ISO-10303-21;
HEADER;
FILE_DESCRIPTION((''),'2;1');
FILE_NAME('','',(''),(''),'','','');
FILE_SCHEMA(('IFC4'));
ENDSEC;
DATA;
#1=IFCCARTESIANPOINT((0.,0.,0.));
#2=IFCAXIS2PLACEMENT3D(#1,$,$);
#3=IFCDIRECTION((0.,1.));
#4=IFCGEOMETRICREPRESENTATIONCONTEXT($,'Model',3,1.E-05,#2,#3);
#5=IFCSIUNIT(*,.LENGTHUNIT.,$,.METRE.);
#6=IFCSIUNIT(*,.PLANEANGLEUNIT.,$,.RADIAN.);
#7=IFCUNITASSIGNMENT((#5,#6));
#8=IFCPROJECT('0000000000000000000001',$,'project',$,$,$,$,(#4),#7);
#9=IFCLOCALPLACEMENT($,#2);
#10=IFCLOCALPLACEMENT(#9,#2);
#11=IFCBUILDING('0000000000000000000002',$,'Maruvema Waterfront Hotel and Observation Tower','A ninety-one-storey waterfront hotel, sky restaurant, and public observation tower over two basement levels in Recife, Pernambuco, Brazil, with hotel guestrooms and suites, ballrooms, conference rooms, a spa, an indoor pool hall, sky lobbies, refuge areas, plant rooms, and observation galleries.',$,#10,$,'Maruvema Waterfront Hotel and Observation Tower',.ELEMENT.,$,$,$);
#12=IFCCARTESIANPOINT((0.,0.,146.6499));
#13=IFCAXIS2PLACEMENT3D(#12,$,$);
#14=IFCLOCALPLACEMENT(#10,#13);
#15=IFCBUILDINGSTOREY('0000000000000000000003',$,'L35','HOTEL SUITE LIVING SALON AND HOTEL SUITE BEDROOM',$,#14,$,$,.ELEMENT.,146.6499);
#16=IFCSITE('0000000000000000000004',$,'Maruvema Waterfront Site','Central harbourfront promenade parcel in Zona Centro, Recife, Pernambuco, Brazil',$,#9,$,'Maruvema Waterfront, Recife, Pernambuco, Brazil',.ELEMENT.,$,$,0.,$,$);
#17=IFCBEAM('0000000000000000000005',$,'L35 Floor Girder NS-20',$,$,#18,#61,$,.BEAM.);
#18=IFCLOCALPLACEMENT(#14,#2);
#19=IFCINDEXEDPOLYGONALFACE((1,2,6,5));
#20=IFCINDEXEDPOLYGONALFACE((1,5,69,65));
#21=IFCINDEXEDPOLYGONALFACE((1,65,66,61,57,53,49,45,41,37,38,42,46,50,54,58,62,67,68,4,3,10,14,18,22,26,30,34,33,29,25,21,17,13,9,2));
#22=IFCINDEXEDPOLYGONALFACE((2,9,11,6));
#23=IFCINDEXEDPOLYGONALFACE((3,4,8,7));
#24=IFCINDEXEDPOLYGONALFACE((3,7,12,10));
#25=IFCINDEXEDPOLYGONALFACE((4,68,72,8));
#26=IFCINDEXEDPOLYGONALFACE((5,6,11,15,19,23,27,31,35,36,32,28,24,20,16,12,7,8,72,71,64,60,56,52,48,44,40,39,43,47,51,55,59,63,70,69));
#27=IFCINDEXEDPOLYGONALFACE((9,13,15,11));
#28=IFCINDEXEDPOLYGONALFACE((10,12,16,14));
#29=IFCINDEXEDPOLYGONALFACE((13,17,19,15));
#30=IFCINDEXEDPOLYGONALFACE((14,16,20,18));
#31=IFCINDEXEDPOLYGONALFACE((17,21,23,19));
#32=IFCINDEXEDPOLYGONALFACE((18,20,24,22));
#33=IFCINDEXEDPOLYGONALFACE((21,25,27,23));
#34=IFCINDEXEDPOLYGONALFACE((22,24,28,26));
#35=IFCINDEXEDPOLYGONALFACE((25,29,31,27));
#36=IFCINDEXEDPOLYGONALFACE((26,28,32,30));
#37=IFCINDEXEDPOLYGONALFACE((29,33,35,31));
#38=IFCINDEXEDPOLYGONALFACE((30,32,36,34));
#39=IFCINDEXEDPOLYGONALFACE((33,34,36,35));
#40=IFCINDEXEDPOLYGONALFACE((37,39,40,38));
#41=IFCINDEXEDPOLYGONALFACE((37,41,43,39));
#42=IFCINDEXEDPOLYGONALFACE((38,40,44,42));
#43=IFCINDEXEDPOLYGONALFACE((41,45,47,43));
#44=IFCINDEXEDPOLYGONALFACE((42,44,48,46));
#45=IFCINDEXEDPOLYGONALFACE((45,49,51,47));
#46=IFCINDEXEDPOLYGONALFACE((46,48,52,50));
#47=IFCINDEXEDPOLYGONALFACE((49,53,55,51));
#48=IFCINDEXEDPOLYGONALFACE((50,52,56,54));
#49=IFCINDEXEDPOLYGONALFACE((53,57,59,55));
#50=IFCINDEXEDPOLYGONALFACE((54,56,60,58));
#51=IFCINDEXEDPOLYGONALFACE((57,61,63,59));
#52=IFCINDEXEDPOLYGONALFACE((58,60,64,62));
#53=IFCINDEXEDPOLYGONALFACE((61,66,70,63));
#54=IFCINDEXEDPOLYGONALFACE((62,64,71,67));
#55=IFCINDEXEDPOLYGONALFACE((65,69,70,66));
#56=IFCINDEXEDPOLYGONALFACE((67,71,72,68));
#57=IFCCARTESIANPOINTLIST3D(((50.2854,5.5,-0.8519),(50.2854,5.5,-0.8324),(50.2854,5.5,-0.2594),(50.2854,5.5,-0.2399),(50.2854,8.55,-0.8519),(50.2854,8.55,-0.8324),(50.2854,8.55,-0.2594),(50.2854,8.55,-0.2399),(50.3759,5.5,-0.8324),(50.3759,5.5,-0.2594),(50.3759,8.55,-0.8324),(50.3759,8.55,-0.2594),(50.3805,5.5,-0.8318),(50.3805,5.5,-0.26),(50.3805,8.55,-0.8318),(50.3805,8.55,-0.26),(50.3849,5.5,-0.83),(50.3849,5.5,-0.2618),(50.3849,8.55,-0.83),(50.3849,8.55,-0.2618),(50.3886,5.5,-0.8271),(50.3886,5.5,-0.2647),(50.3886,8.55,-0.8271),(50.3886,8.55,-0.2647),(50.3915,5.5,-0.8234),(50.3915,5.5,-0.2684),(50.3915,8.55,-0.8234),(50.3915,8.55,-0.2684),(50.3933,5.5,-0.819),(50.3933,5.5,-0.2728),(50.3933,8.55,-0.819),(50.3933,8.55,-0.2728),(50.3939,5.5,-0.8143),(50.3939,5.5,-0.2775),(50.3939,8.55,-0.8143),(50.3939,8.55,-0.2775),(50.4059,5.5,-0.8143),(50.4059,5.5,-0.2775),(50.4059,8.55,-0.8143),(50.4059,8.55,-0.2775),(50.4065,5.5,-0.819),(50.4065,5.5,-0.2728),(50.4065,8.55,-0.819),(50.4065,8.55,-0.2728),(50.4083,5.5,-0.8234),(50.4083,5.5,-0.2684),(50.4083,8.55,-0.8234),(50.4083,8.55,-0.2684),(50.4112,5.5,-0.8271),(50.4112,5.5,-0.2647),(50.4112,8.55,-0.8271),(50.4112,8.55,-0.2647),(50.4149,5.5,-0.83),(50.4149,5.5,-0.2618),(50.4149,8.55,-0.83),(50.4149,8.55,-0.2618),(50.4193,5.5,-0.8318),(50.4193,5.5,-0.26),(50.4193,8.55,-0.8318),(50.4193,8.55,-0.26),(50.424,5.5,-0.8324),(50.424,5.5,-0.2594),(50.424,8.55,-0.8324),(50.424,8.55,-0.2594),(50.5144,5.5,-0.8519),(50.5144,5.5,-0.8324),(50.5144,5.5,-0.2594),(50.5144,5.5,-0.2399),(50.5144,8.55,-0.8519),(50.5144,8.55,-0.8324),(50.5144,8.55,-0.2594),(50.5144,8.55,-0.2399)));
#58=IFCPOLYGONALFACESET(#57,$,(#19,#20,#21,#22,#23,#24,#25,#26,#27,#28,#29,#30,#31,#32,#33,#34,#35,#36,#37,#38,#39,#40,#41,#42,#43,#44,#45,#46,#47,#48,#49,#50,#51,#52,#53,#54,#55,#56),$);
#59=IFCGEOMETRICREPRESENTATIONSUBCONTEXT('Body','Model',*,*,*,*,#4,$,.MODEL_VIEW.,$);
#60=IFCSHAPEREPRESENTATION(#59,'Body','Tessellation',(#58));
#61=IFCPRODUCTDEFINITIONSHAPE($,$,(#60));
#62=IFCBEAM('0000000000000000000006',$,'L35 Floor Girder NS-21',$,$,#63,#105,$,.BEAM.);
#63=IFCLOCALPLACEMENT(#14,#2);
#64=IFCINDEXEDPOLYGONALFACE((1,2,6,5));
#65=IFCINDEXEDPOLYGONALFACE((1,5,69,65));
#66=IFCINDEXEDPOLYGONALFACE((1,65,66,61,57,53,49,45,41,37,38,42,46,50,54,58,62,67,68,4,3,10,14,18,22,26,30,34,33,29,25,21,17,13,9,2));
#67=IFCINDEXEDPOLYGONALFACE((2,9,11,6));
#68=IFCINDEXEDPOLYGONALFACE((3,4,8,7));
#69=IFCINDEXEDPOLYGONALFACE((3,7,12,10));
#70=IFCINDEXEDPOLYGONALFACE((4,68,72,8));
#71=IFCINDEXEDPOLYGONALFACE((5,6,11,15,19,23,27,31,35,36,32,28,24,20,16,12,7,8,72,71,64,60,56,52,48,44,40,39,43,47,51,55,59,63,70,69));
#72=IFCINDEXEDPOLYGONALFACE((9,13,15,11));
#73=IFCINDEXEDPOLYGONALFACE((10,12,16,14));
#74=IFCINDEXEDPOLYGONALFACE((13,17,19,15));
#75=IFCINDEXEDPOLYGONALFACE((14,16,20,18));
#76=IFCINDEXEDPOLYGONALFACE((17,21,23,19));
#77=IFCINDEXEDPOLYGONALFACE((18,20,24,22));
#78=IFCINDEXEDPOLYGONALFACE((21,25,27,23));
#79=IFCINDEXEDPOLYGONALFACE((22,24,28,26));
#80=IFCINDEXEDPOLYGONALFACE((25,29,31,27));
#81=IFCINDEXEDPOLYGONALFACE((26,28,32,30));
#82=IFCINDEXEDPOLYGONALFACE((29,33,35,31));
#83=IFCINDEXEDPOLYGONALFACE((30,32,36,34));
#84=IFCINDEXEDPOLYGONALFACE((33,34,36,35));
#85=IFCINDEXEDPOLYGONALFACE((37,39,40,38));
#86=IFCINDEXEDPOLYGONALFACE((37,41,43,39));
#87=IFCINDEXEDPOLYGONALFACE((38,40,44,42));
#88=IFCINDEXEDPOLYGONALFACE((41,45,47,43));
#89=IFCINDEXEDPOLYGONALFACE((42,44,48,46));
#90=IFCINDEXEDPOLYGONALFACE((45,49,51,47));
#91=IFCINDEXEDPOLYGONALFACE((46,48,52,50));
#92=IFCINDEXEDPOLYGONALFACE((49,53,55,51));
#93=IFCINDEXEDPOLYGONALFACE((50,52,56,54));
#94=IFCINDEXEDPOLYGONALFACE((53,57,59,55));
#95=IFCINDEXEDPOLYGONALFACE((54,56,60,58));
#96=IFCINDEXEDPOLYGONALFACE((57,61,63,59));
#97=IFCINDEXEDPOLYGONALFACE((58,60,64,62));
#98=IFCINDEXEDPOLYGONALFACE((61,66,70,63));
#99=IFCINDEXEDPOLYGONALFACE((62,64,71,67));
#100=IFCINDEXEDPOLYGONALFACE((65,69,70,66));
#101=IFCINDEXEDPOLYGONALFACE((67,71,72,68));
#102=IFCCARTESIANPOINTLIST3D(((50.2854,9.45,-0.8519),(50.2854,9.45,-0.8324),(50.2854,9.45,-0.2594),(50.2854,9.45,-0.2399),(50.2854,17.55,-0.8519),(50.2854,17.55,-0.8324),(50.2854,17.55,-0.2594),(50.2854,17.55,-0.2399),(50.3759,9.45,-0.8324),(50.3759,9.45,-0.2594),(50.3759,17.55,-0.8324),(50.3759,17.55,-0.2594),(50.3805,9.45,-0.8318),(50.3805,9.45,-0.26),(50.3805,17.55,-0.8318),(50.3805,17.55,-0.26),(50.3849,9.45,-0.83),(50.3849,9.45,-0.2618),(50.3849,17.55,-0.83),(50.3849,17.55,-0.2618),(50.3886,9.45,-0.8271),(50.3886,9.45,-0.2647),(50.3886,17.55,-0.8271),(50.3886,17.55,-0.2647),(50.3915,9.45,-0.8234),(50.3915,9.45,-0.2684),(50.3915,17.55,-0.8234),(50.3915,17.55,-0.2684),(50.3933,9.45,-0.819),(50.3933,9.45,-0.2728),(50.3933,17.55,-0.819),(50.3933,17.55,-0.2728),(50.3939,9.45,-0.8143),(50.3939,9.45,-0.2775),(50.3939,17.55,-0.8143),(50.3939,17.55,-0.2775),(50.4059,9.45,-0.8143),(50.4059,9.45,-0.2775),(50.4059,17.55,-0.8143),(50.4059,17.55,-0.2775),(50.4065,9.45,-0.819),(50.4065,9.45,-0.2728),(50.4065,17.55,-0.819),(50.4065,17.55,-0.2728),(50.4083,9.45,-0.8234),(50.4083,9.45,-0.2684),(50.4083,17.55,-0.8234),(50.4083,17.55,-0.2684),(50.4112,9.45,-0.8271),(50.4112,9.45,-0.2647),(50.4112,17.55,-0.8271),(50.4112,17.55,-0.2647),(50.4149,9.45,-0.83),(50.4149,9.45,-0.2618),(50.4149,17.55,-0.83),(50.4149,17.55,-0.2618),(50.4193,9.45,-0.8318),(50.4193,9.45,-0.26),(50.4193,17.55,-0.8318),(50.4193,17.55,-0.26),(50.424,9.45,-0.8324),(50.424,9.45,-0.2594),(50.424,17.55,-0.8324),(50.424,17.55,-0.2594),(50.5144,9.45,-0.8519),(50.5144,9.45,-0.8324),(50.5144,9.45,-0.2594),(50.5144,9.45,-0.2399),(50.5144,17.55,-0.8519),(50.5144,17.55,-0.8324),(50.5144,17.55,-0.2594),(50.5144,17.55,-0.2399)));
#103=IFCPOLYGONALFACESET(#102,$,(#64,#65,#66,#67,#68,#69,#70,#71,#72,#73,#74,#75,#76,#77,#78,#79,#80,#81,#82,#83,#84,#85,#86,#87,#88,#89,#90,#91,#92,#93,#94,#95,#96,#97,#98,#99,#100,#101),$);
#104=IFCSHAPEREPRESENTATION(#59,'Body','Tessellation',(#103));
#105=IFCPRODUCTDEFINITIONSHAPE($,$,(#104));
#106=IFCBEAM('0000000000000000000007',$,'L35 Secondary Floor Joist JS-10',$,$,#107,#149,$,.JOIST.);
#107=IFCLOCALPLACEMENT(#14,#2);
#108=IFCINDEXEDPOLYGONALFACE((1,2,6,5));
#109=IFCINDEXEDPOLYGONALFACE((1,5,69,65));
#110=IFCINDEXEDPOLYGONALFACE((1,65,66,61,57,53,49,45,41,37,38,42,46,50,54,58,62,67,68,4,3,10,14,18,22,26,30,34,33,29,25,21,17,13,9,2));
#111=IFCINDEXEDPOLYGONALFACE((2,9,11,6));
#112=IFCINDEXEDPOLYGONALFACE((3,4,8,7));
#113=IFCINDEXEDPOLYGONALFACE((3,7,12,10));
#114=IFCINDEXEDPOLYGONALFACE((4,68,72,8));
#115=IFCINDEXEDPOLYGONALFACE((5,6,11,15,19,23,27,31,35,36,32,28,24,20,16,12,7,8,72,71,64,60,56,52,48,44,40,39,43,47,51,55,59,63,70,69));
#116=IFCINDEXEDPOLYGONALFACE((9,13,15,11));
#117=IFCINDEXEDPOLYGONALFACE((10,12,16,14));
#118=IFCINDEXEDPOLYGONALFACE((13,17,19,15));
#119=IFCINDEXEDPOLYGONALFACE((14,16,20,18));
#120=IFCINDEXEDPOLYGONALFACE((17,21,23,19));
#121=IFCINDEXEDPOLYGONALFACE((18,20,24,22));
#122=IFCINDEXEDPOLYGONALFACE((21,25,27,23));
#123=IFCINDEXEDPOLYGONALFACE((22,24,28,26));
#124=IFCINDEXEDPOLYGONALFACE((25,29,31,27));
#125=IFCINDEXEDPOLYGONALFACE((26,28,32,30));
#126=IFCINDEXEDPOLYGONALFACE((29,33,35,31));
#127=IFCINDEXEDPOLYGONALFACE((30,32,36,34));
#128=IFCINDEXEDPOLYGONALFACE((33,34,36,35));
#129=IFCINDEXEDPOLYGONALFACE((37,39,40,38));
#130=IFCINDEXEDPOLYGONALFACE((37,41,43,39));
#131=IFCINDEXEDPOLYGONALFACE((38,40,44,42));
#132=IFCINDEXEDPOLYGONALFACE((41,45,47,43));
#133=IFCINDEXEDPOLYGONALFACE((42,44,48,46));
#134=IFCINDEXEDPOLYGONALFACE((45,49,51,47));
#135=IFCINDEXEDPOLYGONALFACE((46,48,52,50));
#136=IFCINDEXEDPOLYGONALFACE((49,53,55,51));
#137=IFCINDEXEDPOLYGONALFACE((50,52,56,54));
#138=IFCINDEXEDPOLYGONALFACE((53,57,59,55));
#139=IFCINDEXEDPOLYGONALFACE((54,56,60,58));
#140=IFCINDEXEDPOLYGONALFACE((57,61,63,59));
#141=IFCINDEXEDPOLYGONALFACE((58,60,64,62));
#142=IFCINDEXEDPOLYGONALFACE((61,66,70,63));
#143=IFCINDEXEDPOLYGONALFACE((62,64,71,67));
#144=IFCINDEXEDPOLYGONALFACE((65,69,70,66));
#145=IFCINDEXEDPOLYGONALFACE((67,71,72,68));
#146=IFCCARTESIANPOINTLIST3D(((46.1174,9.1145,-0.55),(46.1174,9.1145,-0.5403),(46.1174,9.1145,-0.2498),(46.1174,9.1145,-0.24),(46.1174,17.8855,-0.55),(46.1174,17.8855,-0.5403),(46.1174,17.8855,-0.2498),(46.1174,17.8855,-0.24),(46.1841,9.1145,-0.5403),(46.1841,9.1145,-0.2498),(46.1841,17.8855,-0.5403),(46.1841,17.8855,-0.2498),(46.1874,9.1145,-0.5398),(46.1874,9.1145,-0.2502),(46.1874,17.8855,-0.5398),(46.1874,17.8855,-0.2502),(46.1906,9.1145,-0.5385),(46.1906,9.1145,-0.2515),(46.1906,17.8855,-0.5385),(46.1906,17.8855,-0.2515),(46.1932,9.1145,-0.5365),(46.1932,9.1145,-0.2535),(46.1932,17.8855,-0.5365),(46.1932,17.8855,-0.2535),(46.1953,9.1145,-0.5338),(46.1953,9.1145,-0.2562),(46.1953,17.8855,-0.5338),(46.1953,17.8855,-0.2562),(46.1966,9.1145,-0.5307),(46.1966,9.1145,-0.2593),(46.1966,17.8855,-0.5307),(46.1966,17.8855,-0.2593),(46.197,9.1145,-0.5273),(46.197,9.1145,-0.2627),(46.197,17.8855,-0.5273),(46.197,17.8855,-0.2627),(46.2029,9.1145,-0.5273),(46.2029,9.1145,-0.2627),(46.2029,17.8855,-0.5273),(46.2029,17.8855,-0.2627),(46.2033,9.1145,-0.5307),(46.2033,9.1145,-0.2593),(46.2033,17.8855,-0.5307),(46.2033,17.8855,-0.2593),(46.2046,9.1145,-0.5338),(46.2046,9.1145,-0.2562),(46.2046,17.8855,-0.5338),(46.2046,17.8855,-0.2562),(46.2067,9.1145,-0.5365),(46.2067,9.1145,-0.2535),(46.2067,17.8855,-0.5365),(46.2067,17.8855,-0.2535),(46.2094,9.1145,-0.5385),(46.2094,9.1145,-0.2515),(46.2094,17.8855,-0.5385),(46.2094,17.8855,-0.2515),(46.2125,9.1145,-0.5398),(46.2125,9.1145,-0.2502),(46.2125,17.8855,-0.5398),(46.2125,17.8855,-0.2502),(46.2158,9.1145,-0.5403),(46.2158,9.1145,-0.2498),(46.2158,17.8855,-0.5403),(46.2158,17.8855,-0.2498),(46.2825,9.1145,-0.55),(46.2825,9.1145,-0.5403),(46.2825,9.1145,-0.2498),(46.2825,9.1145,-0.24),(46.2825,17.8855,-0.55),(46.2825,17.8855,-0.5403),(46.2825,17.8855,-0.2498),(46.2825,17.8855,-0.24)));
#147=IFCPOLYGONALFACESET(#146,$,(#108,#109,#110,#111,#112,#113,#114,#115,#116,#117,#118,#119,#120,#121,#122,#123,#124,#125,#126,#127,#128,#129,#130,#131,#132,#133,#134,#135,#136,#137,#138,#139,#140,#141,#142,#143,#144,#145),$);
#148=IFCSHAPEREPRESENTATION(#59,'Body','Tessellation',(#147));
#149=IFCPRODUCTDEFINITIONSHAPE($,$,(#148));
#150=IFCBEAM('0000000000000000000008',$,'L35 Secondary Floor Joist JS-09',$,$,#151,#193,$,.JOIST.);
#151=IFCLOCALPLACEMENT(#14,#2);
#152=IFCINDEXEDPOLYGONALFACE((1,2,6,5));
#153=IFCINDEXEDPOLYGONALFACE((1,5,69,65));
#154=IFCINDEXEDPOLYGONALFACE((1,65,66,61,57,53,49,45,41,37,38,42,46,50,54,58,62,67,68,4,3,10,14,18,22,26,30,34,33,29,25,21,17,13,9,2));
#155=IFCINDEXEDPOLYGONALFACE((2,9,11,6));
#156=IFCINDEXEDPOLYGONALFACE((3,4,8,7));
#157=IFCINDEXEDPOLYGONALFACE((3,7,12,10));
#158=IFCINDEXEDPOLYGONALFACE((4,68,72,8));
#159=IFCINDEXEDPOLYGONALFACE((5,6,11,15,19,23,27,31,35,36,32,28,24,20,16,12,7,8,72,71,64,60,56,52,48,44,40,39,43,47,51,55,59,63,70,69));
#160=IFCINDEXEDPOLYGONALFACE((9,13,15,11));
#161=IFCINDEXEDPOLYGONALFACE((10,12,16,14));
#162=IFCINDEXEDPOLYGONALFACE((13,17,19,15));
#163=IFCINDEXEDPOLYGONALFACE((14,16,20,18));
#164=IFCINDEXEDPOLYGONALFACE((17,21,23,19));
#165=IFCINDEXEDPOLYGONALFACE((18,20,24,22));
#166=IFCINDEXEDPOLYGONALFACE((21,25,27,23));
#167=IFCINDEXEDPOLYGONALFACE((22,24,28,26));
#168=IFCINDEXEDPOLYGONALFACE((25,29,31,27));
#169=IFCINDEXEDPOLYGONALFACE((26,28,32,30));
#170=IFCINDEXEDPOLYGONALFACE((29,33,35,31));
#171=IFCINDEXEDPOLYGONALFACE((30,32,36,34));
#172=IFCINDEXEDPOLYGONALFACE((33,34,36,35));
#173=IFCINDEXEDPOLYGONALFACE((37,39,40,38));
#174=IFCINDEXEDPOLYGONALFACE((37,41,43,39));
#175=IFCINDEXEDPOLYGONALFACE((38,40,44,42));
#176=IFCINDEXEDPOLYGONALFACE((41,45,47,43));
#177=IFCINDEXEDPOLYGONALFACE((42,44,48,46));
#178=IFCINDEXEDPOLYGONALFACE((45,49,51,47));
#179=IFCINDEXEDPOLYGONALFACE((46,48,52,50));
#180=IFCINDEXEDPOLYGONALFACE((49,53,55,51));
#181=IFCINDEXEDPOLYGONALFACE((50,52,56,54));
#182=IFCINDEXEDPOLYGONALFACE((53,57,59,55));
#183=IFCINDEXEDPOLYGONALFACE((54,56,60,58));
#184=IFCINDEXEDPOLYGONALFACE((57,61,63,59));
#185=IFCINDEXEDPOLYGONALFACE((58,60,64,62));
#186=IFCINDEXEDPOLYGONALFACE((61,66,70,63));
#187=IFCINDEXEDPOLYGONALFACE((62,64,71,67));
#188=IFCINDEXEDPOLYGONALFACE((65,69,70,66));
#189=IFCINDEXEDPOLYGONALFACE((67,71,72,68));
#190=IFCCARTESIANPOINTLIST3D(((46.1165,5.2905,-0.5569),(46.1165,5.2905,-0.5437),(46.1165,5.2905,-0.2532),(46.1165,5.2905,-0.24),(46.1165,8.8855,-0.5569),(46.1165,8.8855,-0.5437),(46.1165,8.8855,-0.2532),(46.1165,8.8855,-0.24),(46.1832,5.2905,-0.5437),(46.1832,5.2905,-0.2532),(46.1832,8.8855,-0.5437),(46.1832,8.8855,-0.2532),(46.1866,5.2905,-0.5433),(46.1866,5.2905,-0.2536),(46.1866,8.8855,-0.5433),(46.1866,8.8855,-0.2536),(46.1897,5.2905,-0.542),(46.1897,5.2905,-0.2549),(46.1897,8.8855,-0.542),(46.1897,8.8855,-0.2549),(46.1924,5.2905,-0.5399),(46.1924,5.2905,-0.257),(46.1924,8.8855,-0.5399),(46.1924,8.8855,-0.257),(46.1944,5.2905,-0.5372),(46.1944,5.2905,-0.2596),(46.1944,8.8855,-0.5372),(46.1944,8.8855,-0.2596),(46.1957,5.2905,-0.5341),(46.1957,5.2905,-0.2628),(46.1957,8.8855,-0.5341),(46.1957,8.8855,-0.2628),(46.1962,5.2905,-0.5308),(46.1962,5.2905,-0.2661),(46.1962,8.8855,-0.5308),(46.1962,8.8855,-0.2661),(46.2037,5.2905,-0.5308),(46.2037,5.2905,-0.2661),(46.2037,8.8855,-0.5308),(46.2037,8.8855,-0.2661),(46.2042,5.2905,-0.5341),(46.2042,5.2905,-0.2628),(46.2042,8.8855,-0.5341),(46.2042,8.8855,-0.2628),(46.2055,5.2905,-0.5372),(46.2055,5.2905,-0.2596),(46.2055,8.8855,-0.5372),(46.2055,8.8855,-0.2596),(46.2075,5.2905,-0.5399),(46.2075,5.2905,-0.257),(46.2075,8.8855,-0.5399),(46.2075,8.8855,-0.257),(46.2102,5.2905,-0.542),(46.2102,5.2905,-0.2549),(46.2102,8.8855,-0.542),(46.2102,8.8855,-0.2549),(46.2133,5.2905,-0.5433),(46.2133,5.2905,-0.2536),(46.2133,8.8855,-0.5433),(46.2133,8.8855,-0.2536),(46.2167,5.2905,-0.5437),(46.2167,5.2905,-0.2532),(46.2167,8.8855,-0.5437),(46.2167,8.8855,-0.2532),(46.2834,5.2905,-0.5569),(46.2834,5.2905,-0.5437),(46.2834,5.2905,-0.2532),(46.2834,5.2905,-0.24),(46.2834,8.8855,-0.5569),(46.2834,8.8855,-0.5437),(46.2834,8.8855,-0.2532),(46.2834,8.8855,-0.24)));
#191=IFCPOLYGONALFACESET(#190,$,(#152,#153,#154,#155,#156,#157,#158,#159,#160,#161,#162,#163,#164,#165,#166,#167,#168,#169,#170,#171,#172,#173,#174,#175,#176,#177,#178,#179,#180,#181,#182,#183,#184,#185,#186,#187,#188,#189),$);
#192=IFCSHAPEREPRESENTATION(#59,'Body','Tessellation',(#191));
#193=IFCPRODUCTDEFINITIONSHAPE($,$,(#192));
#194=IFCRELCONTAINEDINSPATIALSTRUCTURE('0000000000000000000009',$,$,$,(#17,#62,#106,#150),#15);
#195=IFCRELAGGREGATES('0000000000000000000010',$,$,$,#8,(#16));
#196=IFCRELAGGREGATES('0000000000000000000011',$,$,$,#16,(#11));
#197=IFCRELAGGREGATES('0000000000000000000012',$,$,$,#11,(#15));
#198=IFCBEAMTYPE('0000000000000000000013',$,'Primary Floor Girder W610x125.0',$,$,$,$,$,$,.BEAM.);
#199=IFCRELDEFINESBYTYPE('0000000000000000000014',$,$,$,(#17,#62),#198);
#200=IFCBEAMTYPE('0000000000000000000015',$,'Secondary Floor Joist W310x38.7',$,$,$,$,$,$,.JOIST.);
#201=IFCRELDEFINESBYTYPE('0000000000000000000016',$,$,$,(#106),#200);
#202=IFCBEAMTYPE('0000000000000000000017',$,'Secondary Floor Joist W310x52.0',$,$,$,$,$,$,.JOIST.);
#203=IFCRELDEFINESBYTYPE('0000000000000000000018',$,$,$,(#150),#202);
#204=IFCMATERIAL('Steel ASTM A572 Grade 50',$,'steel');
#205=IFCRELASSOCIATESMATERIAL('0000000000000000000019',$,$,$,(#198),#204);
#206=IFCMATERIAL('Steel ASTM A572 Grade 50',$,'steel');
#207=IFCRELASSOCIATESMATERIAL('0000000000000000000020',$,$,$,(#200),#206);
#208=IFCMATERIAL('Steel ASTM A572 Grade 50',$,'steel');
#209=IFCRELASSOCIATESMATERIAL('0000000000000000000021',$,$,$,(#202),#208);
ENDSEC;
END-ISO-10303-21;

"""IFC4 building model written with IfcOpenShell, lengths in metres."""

from ifc_helpers import new_model, si_unit, direction, frame, origin, origin_2d, place, context, subcontext, project, spatial, i_section, extrude, material, material_profile, profile_set, type_object, element, save


model = new_model("IFC4")

# Units and contexts
model_context = context("Model", 3, precision=1e-05, world=origin(), true_north=direction((0.0, 1.0)))
body_context = subcontext(model_context, "Body", "Model", "MODEL_VIEW")
ifc_project = project(units=[si_unit("LENGTHUNIT", "METRE"), si_unit("PLANEANGLEUNIT", "RADIAN")], contexts=[model_context])

# Site, building, storey
site_placement = place(None, origin())
site = spatial("IfcSite", under=ifc_project, at=site_placement, Name="Maruvema Waterfront Site", Description="Central harbourfront promenade parcel in Zona Centro, Recife, Pernambuco, Brazil", LongName="Maruvema Waterfront, Recife, Pernambuco, Brazil", CompositionType="ELEMENT", RefElevation=0.0)
building_placement = place(site_placement, origin())
building = spatial("IfcBuilding", under=site, at=building_placement, Name="Maruvema Waterfront Hotel and Observation Tower", Description="A ninety-one-storey waterfront hotel, sky restaurant, and public observation tower over two basement levels in Recife, Pernambuco, Brazil, with hotel guestrooms and suites, ballrooms, conference rooms, a spa, an indoor pool hall, sky lobbies, refuge areas, plant rooms, and observation galleries.", LongName="Maruvema Waterfront Hotel and Observation Tower", CompositionType="ELEMENT")
storey_placement = place(building_placement, frame((0.0, 0.0, 146.6499)))
storey = spatial("IfcBuildingStorey", under=building, at=storey_placement, Name="L35", Description="HOTEL SUITE LIVING SALON AND HOTEL SUITE BEDROOM", CompositionType="ELEMENT", Elevation=146.6499)

# Beams
ifc_material_1 = material(Name="Steel ASTM A572 Grade 50", Category="steel")
ifc_material_profile_1 = material_profile(ifc_material_1, i_section(OverallWidth=0.229, OverallDepth=0.6121, WebThickness=0.012, FlangeThickness=0.0195, FilletRadius=0.0181, at=origin_2d()), Name="W610x125.0")
ifc_profile_set_1 = profile_set([ifc_material_profile_1], Name="Steel ASTM A572 Grade 50")
beam_type_1 = type_object("IfcBeamType", Name="Primary Floor Girder W610x125.0", PredefinedType="BEAM", material=ifc_profile_set_1)
beam_1_placement = place(storey_placement, frame((50.3999, 5.5, -0.5459), z_axis=(0.0, 1.0, 0.0), x_axis=(-1.0, 0.0, 0.0)))
element("IfcBeam", 1, at=beam_1_placement, inside=storey, type_object=beam_type_1, Name="L35 Floor Girder NS-20", PredefinedType="BEAM", context=body_context, shape_type="SweptSolid", body=[
    extrude(i_section(OverallWidth=0.229, OverallDepth=0.6121, WebThickness=0.012, FlangeThickness=0.0195, FilletRadius=0.0181, at=origin_2d()), origin(), (0.0, 0.0, 1.0), 3.05),
])
beam_2_placement = place(storey_placement, frame((50.3999, 9.45, -0.5459), z_axis=(0.0, 1.0, 0.0), x_axis=(-1.0, 0.0, 0.0)))
element("IfcBeam", 2, at=beam_2_placement, inside=storey, type_object=beam_type_1, Name="L35 Floor Girder NS-21", PredefinedType="BEAM", context=body_context, shape_type="SweptSolid", body=[
    extrude(i_section(OverallWidth=0.229, OverallDepth=0.6121, WebThickness=0.012, FlangeThickness=0.0195, FilletRadius=0.0181, at=origin_2d()), origin(), (0.0, 0.0, 1.0), 8.1001),
])
ifc_material_2 = material(Name="Steel ASTM A572 Grade 50", Category="steel")
ifc_material_profile_2 = material_profile(ifc_material_2, i_section(OverallWidth=0.165, OverallDepth=0.3101, WebThickness=0.0059, FlangeThickness=0.0098, FilletRadius=0.0129, at=origin_2d()), Name="W310x38.7")
ifc_profile_set_2 = profile_set([ifc_material_profile_2], Name="Steel ASTM A572 Grade 50")
beam_type_2 = type_object("IfcBeamType", Name="Secondary Floor Joist W310x38.7", PredefinedType="JOIST", material=ifc_profile_set_2)
beam_3_placement = place(storey_placement, frame((46.2, 9.1145, -0.395), z_axis=(0.0, 1.0, 0.0), x_axis=(-1.0, 0.0, 0.0)))
element("IfcBeam", 3, at=beam_3_placement, inside=storey, type_object=beam_type_2, Name="L35 Secondary Floor Joist JS-10", PredefinedType="JOIST", context=body_context, shape_type="SweptSolid", body=[
    extrude(i_section(OverallWidth=0.165, OverallDepth=0.3101, WebThickness=0.0059, FlangeThickness=0.0098, FilletRadius=0.0129, at=origin_2d()), origin(), (0.0, 0.0, 1.0), 8.771),
])
ifc_material_3 = material(Name="Steel ASTM A572 Grade 50", Category="steel")
ifc_material_profile_3 = material_profile(ifc_material_3, i_section(OverallWidth=0.167, OverallDepth=0.3169, WebThickness=0.0076, FlangeThickness=0.0132, FilletRadius=0.0129, at=origin_2d()), Name="W310x52.0")
ifc_profile_set_3 = profile_set([ifc_material_profile_3], Name="Steel ASTM A572 Grade 50")
beam_type_3 = type_object("IfcBeamType", Name="Secondary Floor Joist W310x52.0", PredefinedType="JOIST", material=ifc_profile_set_3)
beam_4_placement = place(storey_placement, frame((46.2, 5.2905, -0.3984), z_axis=(0.0, 1.0, 0.0), x_axis=(-1.0, 0.0, 0.0)))
element("IfcBeam", 4, at=beam_4_placement, inside=storey, type_object=beam_type_3, Name="L35 Secondary Floor Joist JS-09", PredefinedType="JOIST", context=body_context, shape_type="SweptSolid", body=[
    extrude(i_section(OverallWidth=0.167, OverallDepth=0.3169, WebThickness=0.0076, FlangeThickness=0.0132, FilletRadius=0.0129, at=origin_2d()), origin(), (0.0, 0.0, 1.0), 3.595),
])

save(model, "model.ifc")
